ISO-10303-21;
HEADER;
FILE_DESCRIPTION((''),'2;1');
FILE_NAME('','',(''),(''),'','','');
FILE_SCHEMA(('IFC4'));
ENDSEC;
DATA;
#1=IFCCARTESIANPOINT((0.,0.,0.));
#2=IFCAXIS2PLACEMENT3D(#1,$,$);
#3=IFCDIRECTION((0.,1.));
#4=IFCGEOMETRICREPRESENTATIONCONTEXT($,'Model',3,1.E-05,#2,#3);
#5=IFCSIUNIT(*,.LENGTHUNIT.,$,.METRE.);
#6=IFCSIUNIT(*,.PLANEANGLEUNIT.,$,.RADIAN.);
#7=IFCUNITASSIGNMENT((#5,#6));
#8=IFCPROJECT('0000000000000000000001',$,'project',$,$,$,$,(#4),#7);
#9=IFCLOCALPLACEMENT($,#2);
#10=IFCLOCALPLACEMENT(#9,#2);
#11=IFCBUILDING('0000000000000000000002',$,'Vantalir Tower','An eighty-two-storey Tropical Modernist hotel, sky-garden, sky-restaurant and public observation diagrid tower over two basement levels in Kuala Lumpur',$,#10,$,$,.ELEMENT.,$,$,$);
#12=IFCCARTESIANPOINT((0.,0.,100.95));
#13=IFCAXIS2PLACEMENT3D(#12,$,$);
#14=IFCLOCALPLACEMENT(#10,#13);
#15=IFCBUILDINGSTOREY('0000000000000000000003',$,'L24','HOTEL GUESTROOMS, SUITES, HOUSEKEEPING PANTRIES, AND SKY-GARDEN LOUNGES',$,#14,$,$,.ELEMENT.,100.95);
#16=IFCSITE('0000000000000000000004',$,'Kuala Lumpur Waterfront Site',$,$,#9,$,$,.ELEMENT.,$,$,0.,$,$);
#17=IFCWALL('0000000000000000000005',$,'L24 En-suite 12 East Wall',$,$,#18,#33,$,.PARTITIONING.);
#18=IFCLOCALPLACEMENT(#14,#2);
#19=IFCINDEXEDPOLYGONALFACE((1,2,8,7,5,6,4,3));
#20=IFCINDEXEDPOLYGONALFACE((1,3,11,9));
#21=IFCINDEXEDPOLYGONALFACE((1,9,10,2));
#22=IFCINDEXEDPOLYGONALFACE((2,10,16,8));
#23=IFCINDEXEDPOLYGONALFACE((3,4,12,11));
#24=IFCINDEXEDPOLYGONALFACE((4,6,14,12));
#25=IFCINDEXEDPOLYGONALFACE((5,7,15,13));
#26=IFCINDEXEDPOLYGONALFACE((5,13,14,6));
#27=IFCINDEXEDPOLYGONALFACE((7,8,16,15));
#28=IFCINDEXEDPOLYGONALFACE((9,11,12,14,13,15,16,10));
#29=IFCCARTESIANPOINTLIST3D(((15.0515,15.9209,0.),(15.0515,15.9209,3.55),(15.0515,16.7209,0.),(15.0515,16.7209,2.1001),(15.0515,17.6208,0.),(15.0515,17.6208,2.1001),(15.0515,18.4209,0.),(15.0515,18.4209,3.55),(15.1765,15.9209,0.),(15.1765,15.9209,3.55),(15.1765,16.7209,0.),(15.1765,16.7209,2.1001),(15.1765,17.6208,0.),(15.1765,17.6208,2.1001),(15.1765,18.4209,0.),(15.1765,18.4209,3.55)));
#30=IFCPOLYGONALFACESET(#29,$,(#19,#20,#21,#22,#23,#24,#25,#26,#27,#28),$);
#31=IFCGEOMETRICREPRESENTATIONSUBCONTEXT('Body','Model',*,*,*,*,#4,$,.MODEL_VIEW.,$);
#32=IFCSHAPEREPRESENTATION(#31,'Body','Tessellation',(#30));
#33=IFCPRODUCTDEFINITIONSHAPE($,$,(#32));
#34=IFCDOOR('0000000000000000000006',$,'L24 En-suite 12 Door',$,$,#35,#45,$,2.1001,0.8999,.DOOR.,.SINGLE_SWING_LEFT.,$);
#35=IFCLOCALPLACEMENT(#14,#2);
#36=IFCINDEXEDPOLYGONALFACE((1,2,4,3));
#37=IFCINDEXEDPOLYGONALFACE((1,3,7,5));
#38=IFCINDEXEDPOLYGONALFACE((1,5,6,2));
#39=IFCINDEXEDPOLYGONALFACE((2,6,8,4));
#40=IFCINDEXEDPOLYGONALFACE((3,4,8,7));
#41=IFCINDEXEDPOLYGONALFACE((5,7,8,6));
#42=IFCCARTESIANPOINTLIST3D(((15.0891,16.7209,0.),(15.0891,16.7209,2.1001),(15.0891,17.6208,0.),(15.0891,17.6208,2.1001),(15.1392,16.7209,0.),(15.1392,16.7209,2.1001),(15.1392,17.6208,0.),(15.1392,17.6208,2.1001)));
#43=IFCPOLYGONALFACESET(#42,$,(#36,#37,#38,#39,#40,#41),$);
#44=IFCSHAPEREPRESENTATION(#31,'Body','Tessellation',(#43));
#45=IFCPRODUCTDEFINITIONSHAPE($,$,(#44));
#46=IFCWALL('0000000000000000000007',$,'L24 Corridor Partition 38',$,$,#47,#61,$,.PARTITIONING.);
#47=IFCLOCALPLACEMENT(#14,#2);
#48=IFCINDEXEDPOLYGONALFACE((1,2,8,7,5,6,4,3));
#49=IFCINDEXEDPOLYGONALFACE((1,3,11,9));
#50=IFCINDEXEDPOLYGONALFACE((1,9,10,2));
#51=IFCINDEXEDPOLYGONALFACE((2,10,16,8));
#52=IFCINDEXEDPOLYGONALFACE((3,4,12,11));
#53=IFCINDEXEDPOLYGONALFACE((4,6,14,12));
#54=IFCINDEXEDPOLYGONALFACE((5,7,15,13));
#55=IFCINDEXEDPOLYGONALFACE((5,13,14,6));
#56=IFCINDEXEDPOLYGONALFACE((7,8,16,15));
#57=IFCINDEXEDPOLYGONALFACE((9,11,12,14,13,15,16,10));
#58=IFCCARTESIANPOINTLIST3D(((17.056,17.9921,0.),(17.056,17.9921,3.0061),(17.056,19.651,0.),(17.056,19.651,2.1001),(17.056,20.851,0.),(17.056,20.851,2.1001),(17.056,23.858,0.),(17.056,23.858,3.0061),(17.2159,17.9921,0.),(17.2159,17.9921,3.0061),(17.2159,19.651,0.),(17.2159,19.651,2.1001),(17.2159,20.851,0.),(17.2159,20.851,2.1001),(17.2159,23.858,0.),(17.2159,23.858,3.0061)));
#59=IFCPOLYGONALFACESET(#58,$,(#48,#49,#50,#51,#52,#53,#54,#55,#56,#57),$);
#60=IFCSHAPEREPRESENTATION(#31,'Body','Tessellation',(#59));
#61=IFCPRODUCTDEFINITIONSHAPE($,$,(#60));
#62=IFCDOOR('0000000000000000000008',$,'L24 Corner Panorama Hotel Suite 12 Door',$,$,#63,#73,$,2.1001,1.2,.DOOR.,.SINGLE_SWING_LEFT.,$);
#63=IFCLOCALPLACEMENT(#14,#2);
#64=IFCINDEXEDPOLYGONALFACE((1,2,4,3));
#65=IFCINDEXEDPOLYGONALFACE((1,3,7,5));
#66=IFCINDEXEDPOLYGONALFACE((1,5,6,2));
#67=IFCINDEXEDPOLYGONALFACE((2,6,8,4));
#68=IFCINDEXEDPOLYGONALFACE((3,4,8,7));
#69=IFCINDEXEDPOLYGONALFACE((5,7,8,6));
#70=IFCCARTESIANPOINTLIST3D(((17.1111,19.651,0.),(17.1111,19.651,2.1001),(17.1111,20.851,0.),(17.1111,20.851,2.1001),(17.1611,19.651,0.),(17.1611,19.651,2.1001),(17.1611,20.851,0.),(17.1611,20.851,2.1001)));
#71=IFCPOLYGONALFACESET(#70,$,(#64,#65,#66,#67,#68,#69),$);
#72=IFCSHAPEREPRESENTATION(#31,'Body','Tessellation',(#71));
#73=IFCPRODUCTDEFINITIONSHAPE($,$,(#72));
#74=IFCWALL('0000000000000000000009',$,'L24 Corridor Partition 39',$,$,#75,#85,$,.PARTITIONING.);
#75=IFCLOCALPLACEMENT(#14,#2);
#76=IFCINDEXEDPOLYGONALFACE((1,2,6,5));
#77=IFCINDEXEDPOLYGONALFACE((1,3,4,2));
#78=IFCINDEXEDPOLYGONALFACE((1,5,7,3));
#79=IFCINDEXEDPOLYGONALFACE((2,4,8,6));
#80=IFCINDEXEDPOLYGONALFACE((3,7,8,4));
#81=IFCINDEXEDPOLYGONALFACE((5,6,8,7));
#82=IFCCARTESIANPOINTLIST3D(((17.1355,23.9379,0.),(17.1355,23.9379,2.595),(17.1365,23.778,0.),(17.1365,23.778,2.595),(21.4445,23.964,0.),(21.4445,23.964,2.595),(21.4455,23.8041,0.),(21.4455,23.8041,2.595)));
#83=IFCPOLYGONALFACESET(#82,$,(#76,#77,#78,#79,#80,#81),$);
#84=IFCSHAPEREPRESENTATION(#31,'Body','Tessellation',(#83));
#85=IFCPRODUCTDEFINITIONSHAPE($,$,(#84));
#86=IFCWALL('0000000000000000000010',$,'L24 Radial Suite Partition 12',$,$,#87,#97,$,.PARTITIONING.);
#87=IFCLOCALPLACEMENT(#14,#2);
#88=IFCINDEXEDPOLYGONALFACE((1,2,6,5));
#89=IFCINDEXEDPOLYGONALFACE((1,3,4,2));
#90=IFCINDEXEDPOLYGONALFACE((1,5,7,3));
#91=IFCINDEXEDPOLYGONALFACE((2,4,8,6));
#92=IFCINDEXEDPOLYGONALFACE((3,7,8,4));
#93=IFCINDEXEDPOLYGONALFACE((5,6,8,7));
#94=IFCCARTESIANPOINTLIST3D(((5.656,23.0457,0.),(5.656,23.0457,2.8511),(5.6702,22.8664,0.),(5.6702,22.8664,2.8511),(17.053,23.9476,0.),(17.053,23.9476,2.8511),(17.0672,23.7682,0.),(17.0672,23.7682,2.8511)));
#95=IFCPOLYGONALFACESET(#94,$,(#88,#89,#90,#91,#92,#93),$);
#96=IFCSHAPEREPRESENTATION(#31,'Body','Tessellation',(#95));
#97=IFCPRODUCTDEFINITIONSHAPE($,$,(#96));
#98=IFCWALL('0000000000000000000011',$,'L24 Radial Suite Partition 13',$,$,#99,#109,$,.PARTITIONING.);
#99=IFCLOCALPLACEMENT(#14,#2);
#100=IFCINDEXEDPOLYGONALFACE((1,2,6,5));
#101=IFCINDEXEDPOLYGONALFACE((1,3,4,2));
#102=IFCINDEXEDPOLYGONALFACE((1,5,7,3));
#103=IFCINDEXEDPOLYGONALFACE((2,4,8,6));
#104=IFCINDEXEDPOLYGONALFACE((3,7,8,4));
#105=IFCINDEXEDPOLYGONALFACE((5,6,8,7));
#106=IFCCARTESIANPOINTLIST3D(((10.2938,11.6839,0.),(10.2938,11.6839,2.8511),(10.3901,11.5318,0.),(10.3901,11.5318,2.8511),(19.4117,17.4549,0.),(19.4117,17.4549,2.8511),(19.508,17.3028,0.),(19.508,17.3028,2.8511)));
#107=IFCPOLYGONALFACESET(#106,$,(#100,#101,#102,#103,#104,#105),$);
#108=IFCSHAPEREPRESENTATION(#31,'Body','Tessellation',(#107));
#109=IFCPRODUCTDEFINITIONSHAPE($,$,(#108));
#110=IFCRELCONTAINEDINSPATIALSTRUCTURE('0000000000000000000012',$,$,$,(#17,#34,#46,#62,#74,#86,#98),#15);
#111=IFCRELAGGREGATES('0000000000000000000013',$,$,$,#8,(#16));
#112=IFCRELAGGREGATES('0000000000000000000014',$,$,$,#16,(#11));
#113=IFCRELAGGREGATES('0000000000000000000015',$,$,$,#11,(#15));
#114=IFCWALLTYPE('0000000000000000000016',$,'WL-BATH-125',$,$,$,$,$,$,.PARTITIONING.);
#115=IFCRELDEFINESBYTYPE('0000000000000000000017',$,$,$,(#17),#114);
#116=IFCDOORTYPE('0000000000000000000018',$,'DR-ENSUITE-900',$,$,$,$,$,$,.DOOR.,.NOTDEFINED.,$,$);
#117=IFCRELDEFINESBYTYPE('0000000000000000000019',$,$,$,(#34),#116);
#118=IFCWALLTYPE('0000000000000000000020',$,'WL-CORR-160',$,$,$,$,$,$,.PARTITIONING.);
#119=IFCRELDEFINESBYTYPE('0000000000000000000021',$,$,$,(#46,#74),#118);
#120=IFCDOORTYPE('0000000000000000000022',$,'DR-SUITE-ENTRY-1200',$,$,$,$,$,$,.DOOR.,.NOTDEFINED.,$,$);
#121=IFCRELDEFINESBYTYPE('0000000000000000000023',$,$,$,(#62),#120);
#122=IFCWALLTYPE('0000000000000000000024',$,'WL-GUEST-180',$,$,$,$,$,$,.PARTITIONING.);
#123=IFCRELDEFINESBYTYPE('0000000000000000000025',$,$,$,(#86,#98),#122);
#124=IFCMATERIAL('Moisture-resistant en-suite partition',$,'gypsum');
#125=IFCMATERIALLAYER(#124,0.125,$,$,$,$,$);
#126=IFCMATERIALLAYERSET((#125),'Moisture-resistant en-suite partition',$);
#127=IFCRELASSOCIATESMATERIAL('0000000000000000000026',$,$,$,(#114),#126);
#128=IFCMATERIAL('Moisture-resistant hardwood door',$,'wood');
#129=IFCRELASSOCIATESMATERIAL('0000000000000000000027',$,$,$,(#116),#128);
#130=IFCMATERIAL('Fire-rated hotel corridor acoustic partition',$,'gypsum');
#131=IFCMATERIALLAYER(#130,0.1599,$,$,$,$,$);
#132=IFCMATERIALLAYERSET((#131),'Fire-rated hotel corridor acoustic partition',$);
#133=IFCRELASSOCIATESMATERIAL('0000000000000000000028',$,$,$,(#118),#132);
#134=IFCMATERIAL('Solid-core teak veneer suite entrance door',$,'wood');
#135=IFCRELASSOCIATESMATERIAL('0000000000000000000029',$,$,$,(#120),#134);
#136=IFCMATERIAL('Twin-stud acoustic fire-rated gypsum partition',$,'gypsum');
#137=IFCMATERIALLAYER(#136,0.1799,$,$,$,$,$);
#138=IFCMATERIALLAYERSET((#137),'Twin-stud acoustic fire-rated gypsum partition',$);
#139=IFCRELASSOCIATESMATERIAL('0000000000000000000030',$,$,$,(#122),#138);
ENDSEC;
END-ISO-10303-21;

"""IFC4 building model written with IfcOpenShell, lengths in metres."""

from ifc_helpers import new_model, si_unit, direction, frame, frame_2d, origin, place, context, subcontext, project, spatial, rectangle, extrude, material, layer, layer_set, type_object, element, fill, save


model = new_model("IFC4")

# Units and contexts
model_context = context("Model", 3, precision=1e-05, world=origin(), true_north=direction((0.0, 1.0)))
body_context = subcontext(model_context, "Body", "Model", "MODEL_VIEW")
ifc_project = project(units=[si_unit("LENGTHUNIT", "METRE"), si_unit("PLANEANGLEUNIT", "RADIAN")], contexts=[model_context])

# Site, building, storey
site_placement = place(None, origin())
site = spatial("IfcSite", under=ifc_project, at=site_placement, Name="Kuala Lumpur Waterfront Site", CompositionType="ELEMENT", RefElevation=0.0)
building_placement = place(site_placement, origin())
building = spatial("IfcBuilding", under=site, at=building_placement, Name="Vantalir Tower", Description="An eighty-two-storey Tropical Modernist hotel, sky-garden, sky-restaurant and public observation diagrid tower over two basement levels in Kuala Lumpur", CompositionType="ELEMENT")
storey_placement = place(building_placement, frame((0.0, 0.0, 100.95)))
storey = spatial("IfcBuildingStorey", under=building, at=storey_placement, Name="L24", Description="HOTEL GUESTROOMS, SUITES, HOUSEKEEPING PANTRIES, AND SKY-GARDEN LOUNGES", CompositionType="ELEMENT", Elevation=100.95)

# Shared definitions
ifc_material_1 = material(Name="Moisture-resistant en-suite partition", Category="gypsum")
ifc_layer_1 = layer(ifc_material_1, 0.125)
ifc_layer_set_1 = layer_set([ifc_layer_1], Name="Moisture-resistant en-suite partition")
wall_type_1 = type_object("IfcWallType", Name="WL-BATH-125", PredefinedType="PARTITIONING", material=ifc_layer_set_1)

# Walls, openings, doors
wall_1_placement = place(storey_placement, frame((15.114, 15.9209, 0.0), z_axis=(0.0, 0.0, 1.0), x_axis=(0.0, 1.0, 0.0)))
wall_1 = element("IfcWall", 1, at=wall_1_placement, inside=storey, type_object=wall_type_1, Name="L24 En-suite 12 East Wall", PredefinedType="PARTITIONING", context=body_context, shape_type="SweptSolid", body=[
    extrude(rectangle(XDim=2.5, YDim=0.125, at=frame_2d((1.25, 0.0))), origin(), (0.0, 0.0, 1.0), 3.55),
])
opening_1_placement = place(wall_1_placement, frame((0.8, 0.0, 0.0)))
opening_1 = element("IfcOpeningElement", 2, at=opening_1_placement, cuts=wall_1, PredefinedType="OPENING", context=body_context, shape_type="SweptSolid", body=[
    extrude(rectangle(XDim=0.8999, YDim=2.1001, at=frame_2d((0.45, 1.05))), frame((0.0, 0.0725, 0.0), z_axis=(0.0, -1.0, 0.0), x_axis=(1.0, 0.0, 0.0)), (0.0, 0.0, 1.0), 0.145),
])
ifc_material_2 = material(Name="Moisture-resistant hardwood door", Category="wood")
door_type_1 = type_object("IfcDoorType", Name="DR-ENSUITE-900", OperationType="NOTDEFINED", PredefinedType="DOOR", material=ifc_material_2)
door_1_placement = place(opening_1_placement, origin())
door_1 = element("IfcDoor", 3, at=door_1_placement, inside=storey, type_object=door_type_1, Name="L24 En-suite 12 Door", OperationType="SINGLE_SWING_LEFT", OverallHeight=2.1001, OverallWidth=0.8999, PredefinedType="DOOR", context=body_context, shape_type="SweptSolid", body=[
    extrude(rectangle(XDim=0.8999, YDim=2.1001, at=frame_2d((0.45, 1.05))), frame((0.0, 0.0249, 0.0), z_axis=(0.0, -1.0, 0.0), x_axis=(1.0, 0.0, 0.0)), (0.0, 0.0, 1.0), 0.05),
])
fill(opening_1, door_1)
ifc_material_3 = material(Name="Fire-rated hotel corridor acoustic partition", Category="gypsum")
ifc_layer_2 = layer(ifc_material_3, 0.1599)
ifc_layer_set_2 = layer_set([ifc_layer_2], Name="Fire-rated hotel corridor acoustic partition")
wall_type_2 = type_object("IfcWallType", Name="WL-CORR-160", PredefinedType="PARTITIONING", material=ifc_layer_set_2)
wall_2_placement = place(storey_placement, frame((17.136, 17.9919, 0.0), z_axis=(0.0, 0.0, 1.0), x_axis=(0.0, 1.0, 0.0)))
wall_2 = element("IfcWall", 4, at=wall_2_placement, inside=storey, type_object=wall_type_2, Name="L24 Corridor Partition 38", PredefinedType="PARTITIONING", context=body_context, shape_type="SweptSolid", body=[
    extrude(rectangle(XDim=5.866, YDim=0.1599, at=frame_2d((2.9331, 0.0))), origin(), (0.0, 0.0, 1.0), 3.0061),
])
opening_2_placement = place(wall_2_placement, frame((1.6589, 0.0, 0.0)))
opening_2 = element("IfcOpeningElement", 5, at=opening_2_placement, cuts=wall_2, PredefinedType="OPENING", context=body_context, shape_type="SweptSolid", body=[
    extrude(rectangle(XDim=1.2, YDim=2.1001, at=frame_2d((0.6001, 1.05))), frame((0.0, 0.0898, 0.0), z_axis=(0.0, -1.0, 0.0), x_axis=(1.0, 0.0, 0.0)), (0.0, 0.0, 1.0), 0.1799),
])
ifc_material_4 = material(Name="Solid-core teak veneer suite entrance door", Category="wood")
door_type_2 = type_object("IfcDoorType", Name="DR-SUITE-ENTRY-1200", OperationType="NOTDEFINED", PredefinedType="DOOR", material=ifc_material_4)
door_2_placement = place(opening_2_placement, origin())
door_2 = element("IfcDoor", 6, at=door_2_placement, inside=storey, type_object=door_type_2, Name="L24 Corner Panorama Hotel Suite 12 Door", OperationType="SINGLE_SWING_LEFT", OverallHeight=2.1001, OverallWidth=1.2, PredefinedType="DOOR", context=body_context, shape_type="SweptSolid", body=[
    extrude(rectangle(XDim=1.2, YDim=2.1001, at=frame_2d((0.6001, 1.05))), frame((0.0, 0.0249, 0.0), z_axis=(0.0, -1.0, 0.0), x_axis=(1.0, 0.0, 0.0)), (0.0, 0.0, 1.0), 0.05),
])
fill(opening_2, door_2)

# Walls
wall_3_placement = place(storey_placement, frame((17.136, 23.8579, 0.0), z_axis=(0.0, 0.0, 1.0), x_axis=(0.999982, 0.006062, 0.0)))
element("IfcWall", 7, at=wall_3_placement, inside=storey, type_object=wall_type_2, Name="L24 Corridor Partition 39", PredefinedType="PARTITIONING", context=body_context, shape_type="SweptSolid", body=[
    extrude(rectangle(XDim=4.3091, YDim=0.1599, at=frame_2d((2.1545, 0.0))), origin(), (0.0, 0.0, 1.0), 2.595),
])
ifc_material_5 = material(Name="Twin-stud acoustic fire-rated gypsum partition", Category="gypsum")
ifc_layer_3 = layer(ifc_material_5, 0.1799)
ifc_layer_set_3 = layer_set([ifc_layer_3], Name="Twin-stud acoustic fire-rated gypsum partition")
wall_type_3 = type_object("IfcWallType", Name="WL-GUEST-180", PredefinedType="PARTITIONING", material=ifc_layer_set_3)
wall_4_placement = place(storey_placement, frame((17.0601, 23.8579, 0.0), z_axis=(0.0, 0.0, 1.0), x_axis=(-0.996884, -0.078885, 0.0)))
element("IfcWall", 8, at=wall_4_placement, inside=storey, type_object=wall_type_3, Name="L24 Radial Suite Partition 12", PredefinedType="PARTITIONING", context=body_context, shape_type="SweptSolid", body=[
    extrude(rectangle(XDim=11.4326, YDim=0.1799, at=frame_2d((5.7163, 0.0))), origin(), (0.0, 0.0, 1.0), 2.8511),
])
wall_5_placement = place(storey_placement, frame((19.46, 17.3789, 0.0), z_axis=(0.0, 0.0, 1.0), x_axis=(-0.844973, -0.534808, 0.0)))
element("IfcWall", 9, at=wall_5_placement, inside=storey, type_object=wall_type_3, Name="L24 Radial Suite Partition 13", PredefinedType="PARTITIONING", context=body_context, shape_type="SweptSolid", body=[
    extrude(rectangle(XDim=10.7908, YDim=0.1799, at=frame_2d((5.3955, 0.0))), origin(), (0.0, 0.0, 1.0), 2.8511),
])

save(model, "model.ifc")
